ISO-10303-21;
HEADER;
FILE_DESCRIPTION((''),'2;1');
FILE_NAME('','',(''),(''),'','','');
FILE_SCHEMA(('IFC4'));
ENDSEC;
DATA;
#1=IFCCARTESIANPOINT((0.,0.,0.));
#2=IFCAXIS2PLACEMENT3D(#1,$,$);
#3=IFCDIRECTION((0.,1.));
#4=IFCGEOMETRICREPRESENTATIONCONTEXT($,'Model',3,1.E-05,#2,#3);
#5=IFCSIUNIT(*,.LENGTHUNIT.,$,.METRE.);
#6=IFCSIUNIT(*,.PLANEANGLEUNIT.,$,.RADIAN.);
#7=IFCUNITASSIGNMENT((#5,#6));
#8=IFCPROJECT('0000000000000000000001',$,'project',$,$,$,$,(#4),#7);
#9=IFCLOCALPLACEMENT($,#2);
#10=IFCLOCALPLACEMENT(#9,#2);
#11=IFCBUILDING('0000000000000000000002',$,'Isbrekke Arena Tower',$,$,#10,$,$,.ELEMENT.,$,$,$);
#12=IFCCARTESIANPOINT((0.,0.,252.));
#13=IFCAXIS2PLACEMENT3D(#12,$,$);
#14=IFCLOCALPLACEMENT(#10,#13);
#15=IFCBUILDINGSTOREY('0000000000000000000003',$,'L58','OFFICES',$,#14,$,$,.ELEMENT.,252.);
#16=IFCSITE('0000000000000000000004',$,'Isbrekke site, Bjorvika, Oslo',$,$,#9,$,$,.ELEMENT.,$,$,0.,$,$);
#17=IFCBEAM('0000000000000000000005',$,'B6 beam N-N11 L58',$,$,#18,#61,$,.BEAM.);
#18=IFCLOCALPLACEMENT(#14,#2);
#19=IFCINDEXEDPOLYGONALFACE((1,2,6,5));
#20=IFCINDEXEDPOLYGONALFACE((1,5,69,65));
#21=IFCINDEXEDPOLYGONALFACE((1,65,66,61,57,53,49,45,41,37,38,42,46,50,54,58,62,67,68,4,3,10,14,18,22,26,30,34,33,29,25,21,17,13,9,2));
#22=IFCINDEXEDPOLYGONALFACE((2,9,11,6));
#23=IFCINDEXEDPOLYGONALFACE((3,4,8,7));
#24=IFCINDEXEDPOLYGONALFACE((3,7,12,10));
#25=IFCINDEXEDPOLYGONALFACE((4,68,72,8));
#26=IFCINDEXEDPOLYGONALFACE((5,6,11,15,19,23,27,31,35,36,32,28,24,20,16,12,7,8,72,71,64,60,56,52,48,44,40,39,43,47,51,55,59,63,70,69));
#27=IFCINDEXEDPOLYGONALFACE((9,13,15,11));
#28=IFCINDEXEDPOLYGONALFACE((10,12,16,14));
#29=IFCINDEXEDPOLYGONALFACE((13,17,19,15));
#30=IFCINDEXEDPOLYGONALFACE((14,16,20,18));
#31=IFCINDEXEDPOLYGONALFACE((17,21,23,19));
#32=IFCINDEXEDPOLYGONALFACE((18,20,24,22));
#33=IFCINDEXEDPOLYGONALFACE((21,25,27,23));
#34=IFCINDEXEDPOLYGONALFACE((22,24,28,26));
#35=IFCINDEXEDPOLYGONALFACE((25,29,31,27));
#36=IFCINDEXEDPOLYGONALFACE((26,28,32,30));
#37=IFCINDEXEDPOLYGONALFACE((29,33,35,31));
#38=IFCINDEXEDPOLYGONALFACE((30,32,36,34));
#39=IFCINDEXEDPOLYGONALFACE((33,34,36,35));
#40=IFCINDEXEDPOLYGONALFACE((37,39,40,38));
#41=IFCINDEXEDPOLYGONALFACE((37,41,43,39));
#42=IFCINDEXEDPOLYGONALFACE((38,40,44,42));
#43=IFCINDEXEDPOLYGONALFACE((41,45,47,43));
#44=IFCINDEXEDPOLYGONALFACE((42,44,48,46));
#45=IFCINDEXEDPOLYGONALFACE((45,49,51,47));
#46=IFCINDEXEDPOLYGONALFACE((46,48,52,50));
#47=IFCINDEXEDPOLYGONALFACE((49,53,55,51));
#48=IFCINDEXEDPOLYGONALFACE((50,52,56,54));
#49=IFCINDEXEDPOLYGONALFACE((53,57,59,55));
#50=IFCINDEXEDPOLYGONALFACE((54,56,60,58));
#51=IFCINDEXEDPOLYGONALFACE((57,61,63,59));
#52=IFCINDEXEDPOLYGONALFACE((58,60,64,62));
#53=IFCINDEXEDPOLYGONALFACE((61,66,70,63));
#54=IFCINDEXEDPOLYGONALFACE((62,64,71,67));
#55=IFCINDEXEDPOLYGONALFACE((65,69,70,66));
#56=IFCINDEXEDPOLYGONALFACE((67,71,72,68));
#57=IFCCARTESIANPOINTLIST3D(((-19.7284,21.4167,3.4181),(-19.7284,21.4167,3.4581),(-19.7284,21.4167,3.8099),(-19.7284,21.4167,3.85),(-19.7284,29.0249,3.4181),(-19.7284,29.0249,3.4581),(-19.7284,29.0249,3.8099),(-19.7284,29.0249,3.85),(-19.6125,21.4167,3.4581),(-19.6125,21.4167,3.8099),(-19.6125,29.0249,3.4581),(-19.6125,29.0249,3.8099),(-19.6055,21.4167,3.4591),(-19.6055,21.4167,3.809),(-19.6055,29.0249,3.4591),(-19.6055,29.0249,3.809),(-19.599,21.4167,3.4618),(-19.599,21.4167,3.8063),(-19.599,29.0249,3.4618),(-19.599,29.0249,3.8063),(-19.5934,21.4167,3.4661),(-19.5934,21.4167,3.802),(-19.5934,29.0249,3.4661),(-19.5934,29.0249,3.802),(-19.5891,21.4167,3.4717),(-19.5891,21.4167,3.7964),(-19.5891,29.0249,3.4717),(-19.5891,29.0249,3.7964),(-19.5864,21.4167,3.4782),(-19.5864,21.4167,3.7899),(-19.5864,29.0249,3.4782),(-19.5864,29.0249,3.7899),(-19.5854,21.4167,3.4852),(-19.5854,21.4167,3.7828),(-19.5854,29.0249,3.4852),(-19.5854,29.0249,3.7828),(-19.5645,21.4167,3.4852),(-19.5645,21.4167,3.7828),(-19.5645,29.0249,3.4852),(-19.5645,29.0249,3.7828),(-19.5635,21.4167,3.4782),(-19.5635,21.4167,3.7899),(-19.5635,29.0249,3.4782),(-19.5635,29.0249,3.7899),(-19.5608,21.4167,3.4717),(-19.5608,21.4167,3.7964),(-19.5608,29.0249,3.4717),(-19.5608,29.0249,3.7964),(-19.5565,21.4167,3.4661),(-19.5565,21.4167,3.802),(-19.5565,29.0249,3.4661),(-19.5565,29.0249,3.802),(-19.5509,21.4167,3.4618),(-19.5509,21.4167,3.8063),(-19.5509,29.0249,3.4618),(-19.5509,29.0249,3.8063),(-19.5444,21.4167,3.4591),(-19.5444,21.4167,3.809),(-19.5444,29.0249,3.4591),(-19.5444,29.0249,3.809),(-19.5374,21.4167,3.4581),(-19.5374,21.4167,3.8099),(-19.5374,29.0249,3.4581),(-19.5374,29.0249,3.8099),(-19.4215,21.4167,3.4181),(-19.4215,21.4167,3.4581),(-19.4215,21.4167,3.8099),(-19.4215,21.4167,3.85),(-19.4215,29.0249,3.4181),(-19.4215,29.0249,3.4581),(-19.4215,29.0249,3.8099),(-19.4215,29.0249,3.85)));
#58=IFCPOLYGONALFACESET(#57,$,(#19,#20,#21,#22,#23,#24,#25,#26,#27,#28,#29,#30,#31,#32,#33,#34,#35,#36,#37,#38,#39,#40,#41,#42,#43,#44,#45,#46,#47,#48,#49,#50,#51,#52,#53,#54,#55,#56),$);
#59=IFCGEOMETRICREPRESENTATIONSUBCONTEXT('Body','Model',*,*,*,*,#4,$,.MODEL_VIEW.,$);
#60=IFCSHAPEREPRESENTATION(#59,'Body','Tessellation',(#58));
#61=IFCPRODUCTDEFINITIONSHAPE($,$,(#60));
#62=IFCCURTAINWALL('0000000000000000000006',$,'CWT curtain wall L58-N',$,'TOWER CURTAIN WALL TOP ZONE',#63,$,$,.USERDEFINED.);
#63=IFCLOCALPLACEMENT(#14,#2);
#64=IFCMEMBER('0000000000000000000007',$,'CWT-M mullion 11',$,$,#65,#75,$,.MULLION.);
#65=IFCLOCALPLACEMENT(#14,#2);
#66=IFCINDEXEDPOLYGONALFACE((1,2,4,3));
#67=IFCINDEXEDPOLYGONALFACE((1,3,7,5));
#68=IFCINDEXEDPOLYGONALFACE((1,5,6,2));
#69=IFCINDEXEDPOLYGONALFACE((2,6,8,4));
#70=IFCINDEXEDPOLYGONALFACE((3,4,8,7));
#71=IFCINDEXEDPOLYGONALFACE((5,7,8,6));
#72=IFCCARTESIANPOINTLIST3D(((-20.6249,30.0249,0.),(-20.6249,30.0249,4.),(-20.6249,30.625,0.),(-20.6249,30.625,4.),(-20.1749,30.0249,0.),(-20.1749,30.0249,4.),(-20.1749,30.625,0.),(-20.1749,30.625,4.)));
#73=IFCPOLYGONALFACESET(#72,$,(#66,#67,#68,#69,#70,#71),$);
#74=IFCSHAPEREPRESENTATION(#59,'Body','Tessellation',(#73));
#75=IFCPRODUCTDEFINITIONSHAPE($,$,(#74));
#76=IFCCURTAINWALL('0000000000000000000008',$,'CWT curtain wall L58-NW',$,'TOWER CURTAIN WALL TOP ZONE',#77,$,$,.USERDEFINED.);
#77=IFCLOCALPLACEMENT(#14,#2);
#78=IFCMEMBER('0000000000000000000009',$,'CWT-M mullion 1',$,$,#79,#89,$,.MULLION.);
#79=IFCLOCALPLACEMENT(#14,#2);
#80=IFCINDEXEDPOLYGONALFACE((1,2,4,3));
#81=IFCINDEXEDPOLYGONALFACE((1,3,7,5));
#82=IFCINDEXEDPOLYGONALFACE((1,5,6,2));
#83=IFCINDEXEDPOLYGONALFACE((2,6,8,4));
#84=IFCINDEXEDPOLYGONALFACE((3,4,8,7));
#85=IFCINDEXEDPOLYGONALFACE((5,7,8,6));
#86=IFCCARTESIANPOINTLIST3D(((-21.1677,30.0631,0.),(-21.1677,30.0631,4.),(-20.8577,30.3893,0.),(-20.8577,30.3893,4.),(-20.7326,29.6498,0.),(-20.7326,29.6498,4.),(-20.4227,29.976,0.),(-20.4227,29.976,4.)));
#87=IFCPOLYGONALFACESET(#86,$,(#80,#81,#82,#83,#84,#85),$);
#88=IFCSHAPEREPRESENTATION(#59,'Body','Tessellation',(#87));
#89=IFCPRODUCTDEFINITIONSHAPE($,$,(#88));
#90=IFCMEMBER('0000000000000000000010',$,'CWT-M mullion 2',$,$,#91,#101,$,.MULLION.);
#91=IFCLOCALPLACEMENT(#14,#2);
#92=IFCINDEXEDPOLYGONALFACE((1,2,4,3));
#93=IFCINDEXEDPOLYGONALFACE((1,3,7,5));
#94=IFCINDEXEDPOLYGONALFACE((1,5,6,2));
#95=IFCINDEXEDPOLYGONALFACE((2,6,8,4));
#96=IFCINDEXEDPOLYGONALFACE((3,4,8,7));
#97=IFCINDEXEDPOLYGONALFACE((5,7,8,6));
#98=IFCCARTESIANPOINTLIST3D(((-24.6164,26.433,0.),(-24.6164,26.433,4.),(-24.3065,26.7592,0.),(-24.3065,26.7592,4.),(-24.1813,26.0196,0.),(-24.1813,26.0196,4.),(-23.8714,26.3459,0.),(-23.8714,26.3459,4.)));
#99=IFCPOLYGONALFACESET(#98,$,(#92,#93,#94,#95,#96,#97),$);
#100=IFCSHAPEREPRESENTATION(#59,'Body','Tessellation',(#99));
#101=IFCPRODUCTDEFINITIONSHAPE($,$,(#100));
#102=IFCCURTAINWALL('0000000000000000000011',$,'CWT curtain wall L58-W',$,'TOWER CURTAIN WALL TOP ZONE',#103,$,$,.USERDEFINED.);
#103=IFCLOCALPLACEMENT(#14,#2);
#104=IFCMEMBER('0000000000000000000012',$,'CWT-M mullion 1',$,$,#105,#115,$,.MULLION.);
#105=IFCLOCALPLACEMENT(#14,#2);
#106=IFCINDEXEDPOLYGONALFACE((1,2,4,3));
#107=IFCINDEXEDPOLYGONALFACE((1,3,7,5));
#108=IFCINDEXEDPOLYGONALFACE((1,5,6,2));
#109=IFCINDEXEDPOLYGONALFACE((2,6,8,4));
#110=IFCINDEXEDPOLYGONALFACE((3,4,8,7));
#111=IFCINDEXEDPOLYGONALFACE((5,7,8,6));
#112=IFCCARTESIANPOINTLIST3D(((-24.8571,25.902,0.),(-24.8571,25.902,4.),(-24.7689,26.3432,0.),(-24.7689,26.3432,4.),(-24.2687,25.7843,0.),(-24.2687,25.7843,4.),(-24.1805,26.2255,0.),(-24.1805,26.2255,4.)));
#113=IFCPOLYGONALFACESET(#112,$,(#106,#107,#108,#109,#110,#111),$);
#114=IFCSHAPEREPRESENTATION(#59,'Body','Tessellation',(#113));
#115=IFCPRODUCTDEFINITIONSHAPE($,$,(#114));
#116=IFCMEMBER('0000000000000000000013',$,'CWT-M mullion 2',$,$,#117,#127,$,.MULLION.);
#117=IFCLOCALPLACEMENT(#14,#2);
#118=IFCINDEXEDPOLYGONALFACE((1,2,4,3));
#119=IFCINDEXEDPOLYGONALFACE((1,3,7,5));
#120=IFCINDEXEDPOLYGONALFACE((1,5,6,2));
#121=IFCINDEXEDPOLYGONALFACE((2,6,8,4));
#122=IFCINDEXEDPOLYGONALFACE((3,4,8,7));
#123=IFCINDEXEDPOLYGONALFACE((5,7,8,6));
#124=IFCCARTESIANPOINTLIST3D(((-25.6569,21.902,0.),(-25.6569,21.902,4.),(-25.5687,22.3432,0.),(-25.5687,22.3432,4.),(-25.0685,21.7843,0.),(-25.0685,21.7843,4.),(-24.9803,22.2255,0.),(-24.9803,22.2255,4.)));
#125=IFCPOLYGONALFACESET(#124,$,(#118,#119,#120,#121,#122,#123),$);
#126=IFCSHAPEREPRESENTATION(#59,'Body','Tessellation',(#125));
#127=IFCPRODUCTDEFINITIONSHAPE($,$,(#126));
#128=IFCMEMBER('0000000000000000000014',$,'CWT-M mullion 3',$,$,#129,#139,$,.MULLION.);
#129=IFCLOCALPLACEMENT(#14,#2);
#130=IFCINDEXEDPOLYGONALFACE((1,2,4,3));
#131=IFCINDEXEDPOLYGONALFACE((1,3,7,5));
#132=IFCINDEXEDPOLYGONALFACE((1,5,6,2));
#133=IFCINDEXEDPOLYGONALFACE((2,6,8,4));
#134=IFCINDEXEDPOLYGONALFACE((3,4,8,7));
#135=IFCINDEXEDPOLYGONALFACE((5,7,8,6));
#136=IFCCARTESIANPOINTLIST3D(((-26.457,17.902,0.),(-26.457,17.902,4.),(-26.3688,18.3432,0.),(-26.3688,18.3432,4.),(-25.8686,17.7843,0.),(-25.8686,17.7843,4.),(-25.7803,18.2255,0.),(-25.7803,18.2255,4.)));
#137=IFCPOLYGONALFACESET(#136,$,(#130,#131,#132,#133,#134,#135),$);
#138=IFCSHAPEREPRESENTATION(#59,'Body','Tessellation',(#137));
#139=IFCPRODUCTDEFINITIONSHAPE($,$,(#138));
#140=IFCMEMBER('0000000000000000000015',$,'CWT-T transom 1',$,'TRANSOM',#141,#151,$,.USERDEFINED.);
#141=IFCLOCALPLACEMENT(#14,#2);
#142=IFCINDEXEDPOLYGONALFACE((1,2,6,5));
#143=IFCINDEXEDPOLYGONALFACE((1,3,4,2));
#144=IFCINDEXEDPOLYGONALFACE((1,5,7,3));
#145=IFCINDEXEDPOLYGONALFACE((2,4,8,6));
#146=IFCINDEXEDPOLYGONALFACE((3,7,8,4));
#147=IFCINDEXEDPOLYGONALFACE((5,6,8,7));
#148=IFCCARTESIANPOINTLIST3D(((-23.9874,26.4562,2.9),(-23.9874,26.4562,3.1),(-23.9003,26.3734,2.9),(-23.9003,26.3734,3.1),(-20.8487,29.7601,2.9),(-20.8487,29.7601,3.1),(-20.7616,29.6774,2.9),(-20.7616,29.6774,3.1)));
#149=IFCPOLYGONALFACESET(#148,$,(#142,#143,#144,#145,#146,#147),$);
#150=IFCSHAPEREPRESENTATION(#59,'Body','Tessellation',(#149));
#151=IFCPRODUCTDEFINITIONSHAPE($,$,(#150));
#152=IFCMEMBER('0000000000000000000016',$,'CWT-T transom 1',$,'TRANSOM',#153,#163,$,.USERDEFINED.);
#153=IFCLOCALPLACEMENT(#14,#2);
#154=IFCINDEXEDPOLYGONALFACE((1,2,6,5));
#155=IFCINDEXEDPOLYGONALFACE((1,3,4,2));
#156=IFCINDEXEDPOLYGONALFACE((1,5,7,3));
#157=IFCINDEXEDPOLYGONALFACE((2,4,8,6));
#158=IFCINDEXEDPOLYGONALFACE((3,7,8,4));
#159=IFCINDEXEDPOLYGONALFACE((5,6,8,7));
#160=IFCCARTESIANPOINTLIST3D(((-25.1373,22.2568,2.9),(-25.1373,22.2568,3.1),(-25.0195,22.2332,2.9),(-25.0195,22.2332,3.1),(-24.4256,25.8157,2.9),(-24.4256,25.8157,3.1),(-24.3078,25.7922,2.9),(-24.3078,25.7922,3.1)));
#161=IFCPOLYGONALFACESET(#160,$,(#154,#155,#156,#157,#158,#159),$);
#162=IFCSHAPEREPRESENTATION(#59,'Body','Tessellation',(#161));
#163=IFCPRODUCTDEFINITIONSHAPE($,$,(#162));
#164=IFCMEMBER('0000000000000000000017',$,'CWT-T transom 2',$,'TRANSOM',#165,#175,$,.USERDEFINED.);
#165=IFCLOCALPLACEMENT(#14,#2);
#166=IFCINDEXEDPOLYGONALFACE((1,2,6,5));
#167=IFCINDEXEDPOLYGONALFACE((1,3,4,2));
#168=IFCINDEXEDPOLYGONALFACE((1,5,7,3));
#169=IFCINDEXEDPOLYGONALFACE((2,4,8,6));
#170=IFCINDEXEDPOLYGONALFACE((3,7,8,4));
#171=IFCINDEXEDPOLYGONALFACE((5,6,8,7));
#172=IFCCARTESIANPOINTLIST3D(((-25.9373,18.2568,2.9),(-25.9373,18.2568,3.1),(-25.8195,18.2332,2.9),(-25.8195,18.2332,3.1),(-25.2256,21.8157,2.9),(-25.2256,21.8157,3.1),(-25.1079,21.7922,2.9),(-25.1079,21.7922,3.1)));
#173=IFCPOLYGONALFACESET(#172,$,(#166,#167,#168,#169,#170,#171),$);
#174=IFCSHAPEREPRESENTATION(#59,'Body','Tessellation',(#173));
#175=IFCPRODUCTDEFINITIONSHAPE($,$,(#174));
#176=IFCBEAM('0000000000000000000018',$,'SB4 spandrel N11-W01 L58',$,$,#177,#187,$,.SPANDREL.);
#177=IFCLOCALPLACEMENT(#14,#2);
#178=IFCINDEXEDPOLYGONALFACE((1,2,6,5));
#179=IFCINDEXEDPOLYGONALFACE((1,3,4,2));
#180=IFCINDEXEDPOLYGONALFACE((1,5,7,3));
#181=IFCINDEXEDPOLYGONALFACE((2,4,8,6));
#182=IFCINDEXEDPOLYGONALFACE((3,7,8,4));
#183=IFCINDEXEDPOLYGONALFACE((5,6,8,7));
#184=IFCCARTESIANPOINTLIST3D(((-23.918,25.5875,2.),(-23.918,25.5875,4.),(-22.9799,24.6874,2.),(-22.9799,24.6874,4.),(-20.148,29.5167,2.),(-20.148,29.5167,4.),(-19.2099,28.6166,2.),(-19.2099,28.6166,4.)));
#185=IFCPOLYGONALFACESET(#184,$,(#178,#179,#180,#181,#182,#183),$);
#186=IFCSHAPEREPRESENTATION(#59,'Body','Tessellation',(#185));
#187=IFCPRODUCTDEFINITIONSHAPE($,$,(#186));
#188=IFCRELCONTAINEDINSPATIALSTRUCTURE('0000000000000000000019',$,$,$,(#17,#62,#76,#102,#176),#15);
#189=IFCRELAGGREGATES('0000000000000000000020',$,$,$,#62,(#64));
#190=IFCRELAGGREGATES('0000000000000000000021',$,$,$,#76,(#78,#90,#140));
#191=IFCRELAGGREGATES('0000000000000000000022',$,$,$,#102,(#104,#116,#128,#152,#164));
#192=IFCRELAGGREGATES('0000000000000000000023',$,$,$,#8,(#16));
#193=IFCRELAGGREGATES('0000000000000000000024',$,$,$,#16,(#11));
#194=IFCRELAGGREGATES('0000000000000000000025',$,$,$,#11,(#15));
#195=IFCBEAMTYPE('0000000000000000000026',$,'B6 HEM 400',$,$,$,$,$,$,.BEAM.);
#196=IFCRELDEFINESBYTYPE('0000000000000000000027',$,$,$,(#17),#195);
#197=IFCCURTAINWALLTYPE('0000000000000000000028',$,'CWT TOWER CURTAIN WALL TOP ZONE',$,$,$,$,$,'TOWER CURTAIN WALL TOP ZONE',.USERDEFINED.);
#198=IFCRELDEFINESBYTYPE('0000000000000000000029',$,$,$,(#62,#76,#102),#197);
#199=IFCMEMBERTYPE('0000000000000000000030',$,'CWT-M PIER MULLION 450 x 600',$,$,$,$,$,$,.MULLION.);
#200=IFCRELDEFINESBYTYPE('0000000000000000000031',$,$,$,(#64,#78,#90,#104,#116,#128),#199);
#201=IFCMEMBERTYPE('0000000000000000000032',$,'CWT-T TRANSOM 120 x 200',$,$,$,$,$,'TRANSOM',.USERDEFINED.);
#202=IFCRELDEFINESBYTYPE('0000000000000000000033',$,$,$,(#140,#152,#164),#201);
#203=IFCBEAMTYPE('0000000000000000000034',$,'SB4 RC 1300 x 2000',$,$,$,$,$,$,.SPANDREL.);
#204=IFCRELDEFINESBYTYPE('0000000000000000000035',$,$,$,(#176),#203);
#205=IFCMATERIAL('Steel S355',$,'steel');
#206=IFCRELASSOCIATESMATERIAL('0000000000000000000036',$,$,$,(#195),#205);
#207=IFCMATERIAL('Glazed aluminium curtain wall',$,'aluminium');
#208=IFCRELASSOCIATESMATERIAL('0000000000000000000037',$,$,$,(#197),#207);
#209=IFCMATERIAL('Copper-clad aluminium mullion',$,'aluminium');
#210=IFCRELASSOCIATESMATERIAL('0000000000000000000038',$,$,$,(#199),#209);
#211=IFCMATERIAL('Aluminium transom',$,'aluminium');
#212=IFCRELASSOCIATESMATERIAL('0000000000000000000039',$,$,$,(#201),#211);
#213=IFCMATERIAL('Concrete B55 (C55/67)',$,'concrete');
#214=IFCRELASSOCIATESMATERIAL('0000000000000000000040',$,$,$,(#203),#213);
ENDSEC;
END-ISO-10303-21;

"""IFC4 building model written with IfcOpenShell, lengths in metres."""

from ifc_helpers import new_model, si_unit, direction, frame, origin, origin_2d, place, context, subcontext, project, spatial, rectangle, i_section, extrude, material, material_profile, profile_set, type_object, element, aggregate, save


model = new_model("IFC4")

# Units and contexts
model_context = context("Model", 3, precision=1e-05, world=origin(), true_north=direction((0.0, 1.0)))
body_context = subcontext(model_context, "Body", "Model", "MODEL_VIEW")
ifc_project = project(units=[si_unit("LENGTHUNIT", "METRE"), si_unit("PLANEANGLEUNIT", "RADIAN")], contexts=[model_context])

# Site, building, storey
site_placement = place(None, origin())
site = spatial("IfcSite", under=ifc_project, at=site_placement, Name="Isbrekke site, Bjorvika, Oslo", CompositionType="ELEMENT", RefElevation=0.0)
building_placement = place(site_placement, origin())
building = spatial("IfcBuilding", under=site, at=building_placement, Name="Isbrekke Arena Tower", CompositionType="ELEMENT")
storey_placement = place(building_placement, frame((0.0, 0.0, 252.0)))
storey = spatial("IfcBuildingStorey", under=building, at=storey_placement, Name="L58", Description="OFFICES", CompositionType="ELEMENT", Elevation=252.0)

# Beam
ifc_material_1 = material(Name="Steel S355", Category="steel")
ifc_material_profile_1 = material_profile(ifc_material_1, i_section(OverallWidth=0.3069, OverallDepth=0.4319, WebThickness=0.021, FlangeThickness=0.04, FilletRadius=0.0271, at=origin_2d()), Name="HEM 400")
ifc_profile_set_1 = profile_set([ifc_material_profile_1], Name="Steel S355")
beam_type_1 = type_object("IfcBeamType", Name="B6 HEM 400", PredefinedType="BEAM", material=ifc_profile_set_1)
beam_1_placement = place(storey_placement, frame((-19.575, 29.0249, 3.634), z_axis=(0.0, -1.0, 0.0), x_axis=(1.0, 0.0, 0.0)))
element("IfcBeam", 1, at=beam_1_placement, inside=storey, type_object=beam_type_1, Name="B6 beam N-N11 L58", PredefinedType="BEAM", context=body_context, shape_type="SweptSolid", body=[
    extrude(i_section(OverallWidth=0.3069, OverallDepth=0.4319, WebThickness=0.021, FlangeThickness=0.04, FilletRadius=0.0271, at=origin_2d()), origin(), (0.0, 0.0, 1.0), 7.6082),
])

# Curtain wall, member
ifc_material_2 = material(Name="Glazed aluminium curtain wall", Category="aluminium")
curtain_wall_type = type_object("IfcCurtainWallType", Name="CWT TOWER CURTAIN WALL TOP ZONE", ElementType="TOWER CURTAIN WALL TOP ZONE", PredefinedType="USERDEFINED", material=ifc_material_2)
curtain_wall_1_placement = place(storey_placement, origin())
curtain_wall_1 = element("IfcCurtainWall", 2, at=curtain_wall_1_placement, inside=storey, type_object=curtain_wall_type, Name="CWT curtain wall L58-N", ObjectType="TOWER CURTAIN WALL TOP ZONE", PredefinedType="USERDEFINED")
ifc_material_3 = material(Name="Copper-clad aluminium mullion", Category="aluminium")
ifc_material_profile_2 = material_profile(ifc_material_3, rectangle(XDim=0.45, YDim=0.6001, at=origin_2d()), Name="PIER 450X600")
ifc_profile_set_2 = profile_set([ifc_material_profile_2], Name="Copper-clad aluminium mullion")
member_type_1 = type_object("IfcMemberType", Name="CWT-M PIER MULLION 450 x 600", PredefinedType="MULLION", material=ifc_profile_set_2)
member_1_placement = place(storey_placement, frame((-20.3999, 30.325, 0.0), z_axis=(0.0, 0.0, 1.0), x_axis=(-1.0, 0.0, 0.0)))
member_1 = element("IfcMember", 3, at=member_1_placement, type_object=member_type_1, Name="CWT-M mullion 11", PredefinedType="MULLION", context=body_context, shape_type="SweptSolid", body=[
    extrude(rectangle(XDim=0.45, YDim=0.6001, at=origin_2d()), origin(), (0.0, 0.0, 1.0), 4.0),
])

# Curtain walls, members
curtain_wall_2_placement = place(storey_placement, origin())
curtain_wall_2 = element("IfcCurtainWall", 4, at=curtain_wall_2_placement, inside=storey, type_object=curtain_wall_type, Name="CWT curtain wall L58-NW", ObjectType="TOWER CURTAIN WALL TOP ZONE", PredefinedType="USERDEFINED")
member_2_placement = place(storey_placement, frame((-20.7952, 30.0195, 0.0), z_axis=(0.0, 0.0, 1.0), x_axis=(-0.688749, -0.724999, 0.0)))
member_2 = element("IfcMember", 5, at=member_2_placement, type_object=member_type_1, Name="CWT-M mullion 1", PredefinedType="MULLION", context=body_context, shape_type="SweptSolid", body=[
    extrude(rectangle(XDim=0.45, YDim=0.6001, at=origin_2d()), origin(), (0.0, 0.0, 1.0), 4.0),
])
member_3_placement = place(storey_placement, frame((-24.2439, 26.3894, 0.0), z_axis=(0.0, 0.0, 1.0), x_axis=(-0.688749, -0.724999, 0.0)))
member_3 = element("IfcMember", 6, at=member_3_placement, type_object=member_type_1, Name="CWT-M mullion 2", PredefinedType="MULLION", context=body_context, shape_type="SweptSolid", body=[
    extrude(rectangle(XDim=0.45, YDim=0.6001, at=origin_2d()), origin(), (0.0, 0.0, 1.0), 4.0),
])
curtain_wall_3_placement = place(storey_placement, origin())
curtain_wall_3 = element("IfcCurtainWall", 7, at=curtain_wall_3_placement, inside=storey, type_object=curtain_wall_type, Name="CWT curtain wall L58-W", ObjectType="TOWER CURTAIN WALL TOP ZONE", PredefinedType="USERDEFINED")
member_4_placement = place(storey_placement, frame((-24.5188, 26.0637, 0.0), z_axis=(0.0, 0.0, 1.0), x_axis=(-0.196116, -0.980581, 0.0)))
member_4 = element("IfcMember", 8, at=member_4_placement, type_object=member_type_1, Name="CWT-M mullion 1", PredefinedType="MULLION", context=body_context, shape_type="SweptSolid", body=[
    extrude(rectangle(XDim=0.45, YDim=0.6001, at=origin_2d()), origin(), (0.0, 0.0, 1.0), 4.0),
])
member_5_placement = place(storey_placement, frame((-25.3186, 22.0637, 0.0), z_axis=(0.0, 0.0, 1.0), x_axis=(-0.196116, -0.980581, 0.0)))
member_5 = element("IfcMember", 9, at=member_5_placement, type_object=member_type_1, Name="CWT-M mullion 2", PredefinedType="MULLION", context=body_context, shape_type="SweptSolid", body=[
    extrude(rectangle(XDim=0.45, YDim=0.6001, at=origin_2d()), origin(), (0.0, 0.0, 1.0), 4.0),
])
member_6_placement = place(storey_placement, frame((-26.1187, 18.0637, 0.0), z_axis=(0.0, 0.0, 1.0), x_axis=(-0.196116, -0.980581, 0.0)))
member_6 = element("IfcMember", 10, at=member_6_placement, type_object=member_type_1, Name="CWT-M mullion 3", PredefinedType="MULLION", context=body_context, shape_type="SweptSolid", body=[
    extrude(rectangle(XDim=0.45, YDim=0.6001, at=origin_2d()), origin(), (0.0, 0.0, 1.0), 4.0),
])

# Members
ifc_material_4 = material(Name="Aluminium transom", Category="aluminium")
ifc_material_profile_3 = material_profile(ifc_material_4, rectangle(XDim=0.1201, YDim=0.2, at=origin_2d()), Name="TRANSOM 120X200")
ifc_profile_set_3 = profile_set([ifc_material_profile_3], Name="Aluminium transom")
member_type_2 = type_object("IfcMemberType", Name="CWT-T TRANSOM 120 x 200", ElementType="TRANSOM", PredefinedType="USERDEFINED", material=ifc_profile_set_3)
member_7_placement = place(storey_placement, frame((-20.8052, 29.7188, 3.0), z_axis=(-0.68874, -0.725009, 0.0), x_axis=(0.725009, -0.68874, 0.0)))
member_7 = element("IfcMember", 11, at=member_7_placement, type_object=member_type_2, Name="CWT-T transom 1", ObjectType="TRANSOM", PredefinedType="USERDEFINED", context=body_context, shape_type="SweptSolid", body=[
    extrude(rectangle(XDim=0.1201, YDim=0.2, at=origin_2d()), origin(), (0.0, 0.0, 1.0), 4.5571),
])
member_8_placement = place(storey_placement, frame((-24.3667, 25.804, 3.0), z_axis=(-0.19609, -0.980586, 0.0), x_axis=(0.980586, -0.19609, 0.0)))
member_8 = element("IfcMember", 12, at=member_8_placement, type_object=member_type_2, Name="CWT-T transom 1", ObjectType="TRANSOM", PredefinedType="USERDEFINED", context=body_context, shape_type="SweptSolid", body=[
    extrude(rectangle(XDim=0.1201, YDim=0.2, at=origin_2d()), origin(), (0.0, 0.0, 1.0), 3.6294),
])
member_9_placement = place(storey_placement, frame((-25.1667, 21.804, 3.0), z_axis=(-0.19609, -0.980586, 0.0), x_axis=(0.980586, -0.19609, 0.0)))
member_9 = element("IfcMember", 13, at=member_9_placement, type_object=member_type_2, Name="CWT-T transom 2", ObjectType="TRANSOM", PredefinedType="USERDEFINED", context=body_context, shape_type="SweptSolid", body=[
    extrude(rectangle(XDim=0.1201, YDim=0.2, at=origin_2d()), origin(), (0.0, 0.0, 1.0), 3.6294),
])

# Beam
ifc_material_5 = material(Name="Concrete B55 (C55/67)", Category="concrete")
ifc_material_profile_4 = material_profile(ifc_material_5, rectangle(XDim=1.3, YDim=2.0, at=origin_2d()), Name="RC 1300x2000")
ifc_profile_set_4 = profile_set([ifc_material_profile_4], Name="Concrete B55 (C55/67)")
beam_type_2 = type_object("IfcBeamType", Name="SB4 RC 1300 x 2000", PredefinedType="SPANDREL", material=ifc_profile_set_4)
beam_2_placement = place(storey_placement, frame((-19.679, 29.0667, 3.0), z_axis=(-0.69234, -0.721572, 0.0), x_axis=(0.721572, -0.69234, 0.0)))
element("IfcBeam", 14, at=beam_2_placement, inside=storey, type_object=beam_type_2, Name="SB4 spandrel N11-W01 L58", PredefinedType="SPANDREL", context=body_context, shape_type="SweptSolid", body=[
    extrude(rectangle(XDim=1.3, YDim=2.0, at=origin_2d()), origin(), (0.0, 0.0, 1.0), 5.4453),
])

aggregate(curtain_wall_1, [member_1])
aggregate(curtain_wall_2, [member_2, member_3, member_7])
aggregate(curtain_wall_3, [member_4, member_5, member_6, member_8, member_9])

save(model, "model.ifc")
